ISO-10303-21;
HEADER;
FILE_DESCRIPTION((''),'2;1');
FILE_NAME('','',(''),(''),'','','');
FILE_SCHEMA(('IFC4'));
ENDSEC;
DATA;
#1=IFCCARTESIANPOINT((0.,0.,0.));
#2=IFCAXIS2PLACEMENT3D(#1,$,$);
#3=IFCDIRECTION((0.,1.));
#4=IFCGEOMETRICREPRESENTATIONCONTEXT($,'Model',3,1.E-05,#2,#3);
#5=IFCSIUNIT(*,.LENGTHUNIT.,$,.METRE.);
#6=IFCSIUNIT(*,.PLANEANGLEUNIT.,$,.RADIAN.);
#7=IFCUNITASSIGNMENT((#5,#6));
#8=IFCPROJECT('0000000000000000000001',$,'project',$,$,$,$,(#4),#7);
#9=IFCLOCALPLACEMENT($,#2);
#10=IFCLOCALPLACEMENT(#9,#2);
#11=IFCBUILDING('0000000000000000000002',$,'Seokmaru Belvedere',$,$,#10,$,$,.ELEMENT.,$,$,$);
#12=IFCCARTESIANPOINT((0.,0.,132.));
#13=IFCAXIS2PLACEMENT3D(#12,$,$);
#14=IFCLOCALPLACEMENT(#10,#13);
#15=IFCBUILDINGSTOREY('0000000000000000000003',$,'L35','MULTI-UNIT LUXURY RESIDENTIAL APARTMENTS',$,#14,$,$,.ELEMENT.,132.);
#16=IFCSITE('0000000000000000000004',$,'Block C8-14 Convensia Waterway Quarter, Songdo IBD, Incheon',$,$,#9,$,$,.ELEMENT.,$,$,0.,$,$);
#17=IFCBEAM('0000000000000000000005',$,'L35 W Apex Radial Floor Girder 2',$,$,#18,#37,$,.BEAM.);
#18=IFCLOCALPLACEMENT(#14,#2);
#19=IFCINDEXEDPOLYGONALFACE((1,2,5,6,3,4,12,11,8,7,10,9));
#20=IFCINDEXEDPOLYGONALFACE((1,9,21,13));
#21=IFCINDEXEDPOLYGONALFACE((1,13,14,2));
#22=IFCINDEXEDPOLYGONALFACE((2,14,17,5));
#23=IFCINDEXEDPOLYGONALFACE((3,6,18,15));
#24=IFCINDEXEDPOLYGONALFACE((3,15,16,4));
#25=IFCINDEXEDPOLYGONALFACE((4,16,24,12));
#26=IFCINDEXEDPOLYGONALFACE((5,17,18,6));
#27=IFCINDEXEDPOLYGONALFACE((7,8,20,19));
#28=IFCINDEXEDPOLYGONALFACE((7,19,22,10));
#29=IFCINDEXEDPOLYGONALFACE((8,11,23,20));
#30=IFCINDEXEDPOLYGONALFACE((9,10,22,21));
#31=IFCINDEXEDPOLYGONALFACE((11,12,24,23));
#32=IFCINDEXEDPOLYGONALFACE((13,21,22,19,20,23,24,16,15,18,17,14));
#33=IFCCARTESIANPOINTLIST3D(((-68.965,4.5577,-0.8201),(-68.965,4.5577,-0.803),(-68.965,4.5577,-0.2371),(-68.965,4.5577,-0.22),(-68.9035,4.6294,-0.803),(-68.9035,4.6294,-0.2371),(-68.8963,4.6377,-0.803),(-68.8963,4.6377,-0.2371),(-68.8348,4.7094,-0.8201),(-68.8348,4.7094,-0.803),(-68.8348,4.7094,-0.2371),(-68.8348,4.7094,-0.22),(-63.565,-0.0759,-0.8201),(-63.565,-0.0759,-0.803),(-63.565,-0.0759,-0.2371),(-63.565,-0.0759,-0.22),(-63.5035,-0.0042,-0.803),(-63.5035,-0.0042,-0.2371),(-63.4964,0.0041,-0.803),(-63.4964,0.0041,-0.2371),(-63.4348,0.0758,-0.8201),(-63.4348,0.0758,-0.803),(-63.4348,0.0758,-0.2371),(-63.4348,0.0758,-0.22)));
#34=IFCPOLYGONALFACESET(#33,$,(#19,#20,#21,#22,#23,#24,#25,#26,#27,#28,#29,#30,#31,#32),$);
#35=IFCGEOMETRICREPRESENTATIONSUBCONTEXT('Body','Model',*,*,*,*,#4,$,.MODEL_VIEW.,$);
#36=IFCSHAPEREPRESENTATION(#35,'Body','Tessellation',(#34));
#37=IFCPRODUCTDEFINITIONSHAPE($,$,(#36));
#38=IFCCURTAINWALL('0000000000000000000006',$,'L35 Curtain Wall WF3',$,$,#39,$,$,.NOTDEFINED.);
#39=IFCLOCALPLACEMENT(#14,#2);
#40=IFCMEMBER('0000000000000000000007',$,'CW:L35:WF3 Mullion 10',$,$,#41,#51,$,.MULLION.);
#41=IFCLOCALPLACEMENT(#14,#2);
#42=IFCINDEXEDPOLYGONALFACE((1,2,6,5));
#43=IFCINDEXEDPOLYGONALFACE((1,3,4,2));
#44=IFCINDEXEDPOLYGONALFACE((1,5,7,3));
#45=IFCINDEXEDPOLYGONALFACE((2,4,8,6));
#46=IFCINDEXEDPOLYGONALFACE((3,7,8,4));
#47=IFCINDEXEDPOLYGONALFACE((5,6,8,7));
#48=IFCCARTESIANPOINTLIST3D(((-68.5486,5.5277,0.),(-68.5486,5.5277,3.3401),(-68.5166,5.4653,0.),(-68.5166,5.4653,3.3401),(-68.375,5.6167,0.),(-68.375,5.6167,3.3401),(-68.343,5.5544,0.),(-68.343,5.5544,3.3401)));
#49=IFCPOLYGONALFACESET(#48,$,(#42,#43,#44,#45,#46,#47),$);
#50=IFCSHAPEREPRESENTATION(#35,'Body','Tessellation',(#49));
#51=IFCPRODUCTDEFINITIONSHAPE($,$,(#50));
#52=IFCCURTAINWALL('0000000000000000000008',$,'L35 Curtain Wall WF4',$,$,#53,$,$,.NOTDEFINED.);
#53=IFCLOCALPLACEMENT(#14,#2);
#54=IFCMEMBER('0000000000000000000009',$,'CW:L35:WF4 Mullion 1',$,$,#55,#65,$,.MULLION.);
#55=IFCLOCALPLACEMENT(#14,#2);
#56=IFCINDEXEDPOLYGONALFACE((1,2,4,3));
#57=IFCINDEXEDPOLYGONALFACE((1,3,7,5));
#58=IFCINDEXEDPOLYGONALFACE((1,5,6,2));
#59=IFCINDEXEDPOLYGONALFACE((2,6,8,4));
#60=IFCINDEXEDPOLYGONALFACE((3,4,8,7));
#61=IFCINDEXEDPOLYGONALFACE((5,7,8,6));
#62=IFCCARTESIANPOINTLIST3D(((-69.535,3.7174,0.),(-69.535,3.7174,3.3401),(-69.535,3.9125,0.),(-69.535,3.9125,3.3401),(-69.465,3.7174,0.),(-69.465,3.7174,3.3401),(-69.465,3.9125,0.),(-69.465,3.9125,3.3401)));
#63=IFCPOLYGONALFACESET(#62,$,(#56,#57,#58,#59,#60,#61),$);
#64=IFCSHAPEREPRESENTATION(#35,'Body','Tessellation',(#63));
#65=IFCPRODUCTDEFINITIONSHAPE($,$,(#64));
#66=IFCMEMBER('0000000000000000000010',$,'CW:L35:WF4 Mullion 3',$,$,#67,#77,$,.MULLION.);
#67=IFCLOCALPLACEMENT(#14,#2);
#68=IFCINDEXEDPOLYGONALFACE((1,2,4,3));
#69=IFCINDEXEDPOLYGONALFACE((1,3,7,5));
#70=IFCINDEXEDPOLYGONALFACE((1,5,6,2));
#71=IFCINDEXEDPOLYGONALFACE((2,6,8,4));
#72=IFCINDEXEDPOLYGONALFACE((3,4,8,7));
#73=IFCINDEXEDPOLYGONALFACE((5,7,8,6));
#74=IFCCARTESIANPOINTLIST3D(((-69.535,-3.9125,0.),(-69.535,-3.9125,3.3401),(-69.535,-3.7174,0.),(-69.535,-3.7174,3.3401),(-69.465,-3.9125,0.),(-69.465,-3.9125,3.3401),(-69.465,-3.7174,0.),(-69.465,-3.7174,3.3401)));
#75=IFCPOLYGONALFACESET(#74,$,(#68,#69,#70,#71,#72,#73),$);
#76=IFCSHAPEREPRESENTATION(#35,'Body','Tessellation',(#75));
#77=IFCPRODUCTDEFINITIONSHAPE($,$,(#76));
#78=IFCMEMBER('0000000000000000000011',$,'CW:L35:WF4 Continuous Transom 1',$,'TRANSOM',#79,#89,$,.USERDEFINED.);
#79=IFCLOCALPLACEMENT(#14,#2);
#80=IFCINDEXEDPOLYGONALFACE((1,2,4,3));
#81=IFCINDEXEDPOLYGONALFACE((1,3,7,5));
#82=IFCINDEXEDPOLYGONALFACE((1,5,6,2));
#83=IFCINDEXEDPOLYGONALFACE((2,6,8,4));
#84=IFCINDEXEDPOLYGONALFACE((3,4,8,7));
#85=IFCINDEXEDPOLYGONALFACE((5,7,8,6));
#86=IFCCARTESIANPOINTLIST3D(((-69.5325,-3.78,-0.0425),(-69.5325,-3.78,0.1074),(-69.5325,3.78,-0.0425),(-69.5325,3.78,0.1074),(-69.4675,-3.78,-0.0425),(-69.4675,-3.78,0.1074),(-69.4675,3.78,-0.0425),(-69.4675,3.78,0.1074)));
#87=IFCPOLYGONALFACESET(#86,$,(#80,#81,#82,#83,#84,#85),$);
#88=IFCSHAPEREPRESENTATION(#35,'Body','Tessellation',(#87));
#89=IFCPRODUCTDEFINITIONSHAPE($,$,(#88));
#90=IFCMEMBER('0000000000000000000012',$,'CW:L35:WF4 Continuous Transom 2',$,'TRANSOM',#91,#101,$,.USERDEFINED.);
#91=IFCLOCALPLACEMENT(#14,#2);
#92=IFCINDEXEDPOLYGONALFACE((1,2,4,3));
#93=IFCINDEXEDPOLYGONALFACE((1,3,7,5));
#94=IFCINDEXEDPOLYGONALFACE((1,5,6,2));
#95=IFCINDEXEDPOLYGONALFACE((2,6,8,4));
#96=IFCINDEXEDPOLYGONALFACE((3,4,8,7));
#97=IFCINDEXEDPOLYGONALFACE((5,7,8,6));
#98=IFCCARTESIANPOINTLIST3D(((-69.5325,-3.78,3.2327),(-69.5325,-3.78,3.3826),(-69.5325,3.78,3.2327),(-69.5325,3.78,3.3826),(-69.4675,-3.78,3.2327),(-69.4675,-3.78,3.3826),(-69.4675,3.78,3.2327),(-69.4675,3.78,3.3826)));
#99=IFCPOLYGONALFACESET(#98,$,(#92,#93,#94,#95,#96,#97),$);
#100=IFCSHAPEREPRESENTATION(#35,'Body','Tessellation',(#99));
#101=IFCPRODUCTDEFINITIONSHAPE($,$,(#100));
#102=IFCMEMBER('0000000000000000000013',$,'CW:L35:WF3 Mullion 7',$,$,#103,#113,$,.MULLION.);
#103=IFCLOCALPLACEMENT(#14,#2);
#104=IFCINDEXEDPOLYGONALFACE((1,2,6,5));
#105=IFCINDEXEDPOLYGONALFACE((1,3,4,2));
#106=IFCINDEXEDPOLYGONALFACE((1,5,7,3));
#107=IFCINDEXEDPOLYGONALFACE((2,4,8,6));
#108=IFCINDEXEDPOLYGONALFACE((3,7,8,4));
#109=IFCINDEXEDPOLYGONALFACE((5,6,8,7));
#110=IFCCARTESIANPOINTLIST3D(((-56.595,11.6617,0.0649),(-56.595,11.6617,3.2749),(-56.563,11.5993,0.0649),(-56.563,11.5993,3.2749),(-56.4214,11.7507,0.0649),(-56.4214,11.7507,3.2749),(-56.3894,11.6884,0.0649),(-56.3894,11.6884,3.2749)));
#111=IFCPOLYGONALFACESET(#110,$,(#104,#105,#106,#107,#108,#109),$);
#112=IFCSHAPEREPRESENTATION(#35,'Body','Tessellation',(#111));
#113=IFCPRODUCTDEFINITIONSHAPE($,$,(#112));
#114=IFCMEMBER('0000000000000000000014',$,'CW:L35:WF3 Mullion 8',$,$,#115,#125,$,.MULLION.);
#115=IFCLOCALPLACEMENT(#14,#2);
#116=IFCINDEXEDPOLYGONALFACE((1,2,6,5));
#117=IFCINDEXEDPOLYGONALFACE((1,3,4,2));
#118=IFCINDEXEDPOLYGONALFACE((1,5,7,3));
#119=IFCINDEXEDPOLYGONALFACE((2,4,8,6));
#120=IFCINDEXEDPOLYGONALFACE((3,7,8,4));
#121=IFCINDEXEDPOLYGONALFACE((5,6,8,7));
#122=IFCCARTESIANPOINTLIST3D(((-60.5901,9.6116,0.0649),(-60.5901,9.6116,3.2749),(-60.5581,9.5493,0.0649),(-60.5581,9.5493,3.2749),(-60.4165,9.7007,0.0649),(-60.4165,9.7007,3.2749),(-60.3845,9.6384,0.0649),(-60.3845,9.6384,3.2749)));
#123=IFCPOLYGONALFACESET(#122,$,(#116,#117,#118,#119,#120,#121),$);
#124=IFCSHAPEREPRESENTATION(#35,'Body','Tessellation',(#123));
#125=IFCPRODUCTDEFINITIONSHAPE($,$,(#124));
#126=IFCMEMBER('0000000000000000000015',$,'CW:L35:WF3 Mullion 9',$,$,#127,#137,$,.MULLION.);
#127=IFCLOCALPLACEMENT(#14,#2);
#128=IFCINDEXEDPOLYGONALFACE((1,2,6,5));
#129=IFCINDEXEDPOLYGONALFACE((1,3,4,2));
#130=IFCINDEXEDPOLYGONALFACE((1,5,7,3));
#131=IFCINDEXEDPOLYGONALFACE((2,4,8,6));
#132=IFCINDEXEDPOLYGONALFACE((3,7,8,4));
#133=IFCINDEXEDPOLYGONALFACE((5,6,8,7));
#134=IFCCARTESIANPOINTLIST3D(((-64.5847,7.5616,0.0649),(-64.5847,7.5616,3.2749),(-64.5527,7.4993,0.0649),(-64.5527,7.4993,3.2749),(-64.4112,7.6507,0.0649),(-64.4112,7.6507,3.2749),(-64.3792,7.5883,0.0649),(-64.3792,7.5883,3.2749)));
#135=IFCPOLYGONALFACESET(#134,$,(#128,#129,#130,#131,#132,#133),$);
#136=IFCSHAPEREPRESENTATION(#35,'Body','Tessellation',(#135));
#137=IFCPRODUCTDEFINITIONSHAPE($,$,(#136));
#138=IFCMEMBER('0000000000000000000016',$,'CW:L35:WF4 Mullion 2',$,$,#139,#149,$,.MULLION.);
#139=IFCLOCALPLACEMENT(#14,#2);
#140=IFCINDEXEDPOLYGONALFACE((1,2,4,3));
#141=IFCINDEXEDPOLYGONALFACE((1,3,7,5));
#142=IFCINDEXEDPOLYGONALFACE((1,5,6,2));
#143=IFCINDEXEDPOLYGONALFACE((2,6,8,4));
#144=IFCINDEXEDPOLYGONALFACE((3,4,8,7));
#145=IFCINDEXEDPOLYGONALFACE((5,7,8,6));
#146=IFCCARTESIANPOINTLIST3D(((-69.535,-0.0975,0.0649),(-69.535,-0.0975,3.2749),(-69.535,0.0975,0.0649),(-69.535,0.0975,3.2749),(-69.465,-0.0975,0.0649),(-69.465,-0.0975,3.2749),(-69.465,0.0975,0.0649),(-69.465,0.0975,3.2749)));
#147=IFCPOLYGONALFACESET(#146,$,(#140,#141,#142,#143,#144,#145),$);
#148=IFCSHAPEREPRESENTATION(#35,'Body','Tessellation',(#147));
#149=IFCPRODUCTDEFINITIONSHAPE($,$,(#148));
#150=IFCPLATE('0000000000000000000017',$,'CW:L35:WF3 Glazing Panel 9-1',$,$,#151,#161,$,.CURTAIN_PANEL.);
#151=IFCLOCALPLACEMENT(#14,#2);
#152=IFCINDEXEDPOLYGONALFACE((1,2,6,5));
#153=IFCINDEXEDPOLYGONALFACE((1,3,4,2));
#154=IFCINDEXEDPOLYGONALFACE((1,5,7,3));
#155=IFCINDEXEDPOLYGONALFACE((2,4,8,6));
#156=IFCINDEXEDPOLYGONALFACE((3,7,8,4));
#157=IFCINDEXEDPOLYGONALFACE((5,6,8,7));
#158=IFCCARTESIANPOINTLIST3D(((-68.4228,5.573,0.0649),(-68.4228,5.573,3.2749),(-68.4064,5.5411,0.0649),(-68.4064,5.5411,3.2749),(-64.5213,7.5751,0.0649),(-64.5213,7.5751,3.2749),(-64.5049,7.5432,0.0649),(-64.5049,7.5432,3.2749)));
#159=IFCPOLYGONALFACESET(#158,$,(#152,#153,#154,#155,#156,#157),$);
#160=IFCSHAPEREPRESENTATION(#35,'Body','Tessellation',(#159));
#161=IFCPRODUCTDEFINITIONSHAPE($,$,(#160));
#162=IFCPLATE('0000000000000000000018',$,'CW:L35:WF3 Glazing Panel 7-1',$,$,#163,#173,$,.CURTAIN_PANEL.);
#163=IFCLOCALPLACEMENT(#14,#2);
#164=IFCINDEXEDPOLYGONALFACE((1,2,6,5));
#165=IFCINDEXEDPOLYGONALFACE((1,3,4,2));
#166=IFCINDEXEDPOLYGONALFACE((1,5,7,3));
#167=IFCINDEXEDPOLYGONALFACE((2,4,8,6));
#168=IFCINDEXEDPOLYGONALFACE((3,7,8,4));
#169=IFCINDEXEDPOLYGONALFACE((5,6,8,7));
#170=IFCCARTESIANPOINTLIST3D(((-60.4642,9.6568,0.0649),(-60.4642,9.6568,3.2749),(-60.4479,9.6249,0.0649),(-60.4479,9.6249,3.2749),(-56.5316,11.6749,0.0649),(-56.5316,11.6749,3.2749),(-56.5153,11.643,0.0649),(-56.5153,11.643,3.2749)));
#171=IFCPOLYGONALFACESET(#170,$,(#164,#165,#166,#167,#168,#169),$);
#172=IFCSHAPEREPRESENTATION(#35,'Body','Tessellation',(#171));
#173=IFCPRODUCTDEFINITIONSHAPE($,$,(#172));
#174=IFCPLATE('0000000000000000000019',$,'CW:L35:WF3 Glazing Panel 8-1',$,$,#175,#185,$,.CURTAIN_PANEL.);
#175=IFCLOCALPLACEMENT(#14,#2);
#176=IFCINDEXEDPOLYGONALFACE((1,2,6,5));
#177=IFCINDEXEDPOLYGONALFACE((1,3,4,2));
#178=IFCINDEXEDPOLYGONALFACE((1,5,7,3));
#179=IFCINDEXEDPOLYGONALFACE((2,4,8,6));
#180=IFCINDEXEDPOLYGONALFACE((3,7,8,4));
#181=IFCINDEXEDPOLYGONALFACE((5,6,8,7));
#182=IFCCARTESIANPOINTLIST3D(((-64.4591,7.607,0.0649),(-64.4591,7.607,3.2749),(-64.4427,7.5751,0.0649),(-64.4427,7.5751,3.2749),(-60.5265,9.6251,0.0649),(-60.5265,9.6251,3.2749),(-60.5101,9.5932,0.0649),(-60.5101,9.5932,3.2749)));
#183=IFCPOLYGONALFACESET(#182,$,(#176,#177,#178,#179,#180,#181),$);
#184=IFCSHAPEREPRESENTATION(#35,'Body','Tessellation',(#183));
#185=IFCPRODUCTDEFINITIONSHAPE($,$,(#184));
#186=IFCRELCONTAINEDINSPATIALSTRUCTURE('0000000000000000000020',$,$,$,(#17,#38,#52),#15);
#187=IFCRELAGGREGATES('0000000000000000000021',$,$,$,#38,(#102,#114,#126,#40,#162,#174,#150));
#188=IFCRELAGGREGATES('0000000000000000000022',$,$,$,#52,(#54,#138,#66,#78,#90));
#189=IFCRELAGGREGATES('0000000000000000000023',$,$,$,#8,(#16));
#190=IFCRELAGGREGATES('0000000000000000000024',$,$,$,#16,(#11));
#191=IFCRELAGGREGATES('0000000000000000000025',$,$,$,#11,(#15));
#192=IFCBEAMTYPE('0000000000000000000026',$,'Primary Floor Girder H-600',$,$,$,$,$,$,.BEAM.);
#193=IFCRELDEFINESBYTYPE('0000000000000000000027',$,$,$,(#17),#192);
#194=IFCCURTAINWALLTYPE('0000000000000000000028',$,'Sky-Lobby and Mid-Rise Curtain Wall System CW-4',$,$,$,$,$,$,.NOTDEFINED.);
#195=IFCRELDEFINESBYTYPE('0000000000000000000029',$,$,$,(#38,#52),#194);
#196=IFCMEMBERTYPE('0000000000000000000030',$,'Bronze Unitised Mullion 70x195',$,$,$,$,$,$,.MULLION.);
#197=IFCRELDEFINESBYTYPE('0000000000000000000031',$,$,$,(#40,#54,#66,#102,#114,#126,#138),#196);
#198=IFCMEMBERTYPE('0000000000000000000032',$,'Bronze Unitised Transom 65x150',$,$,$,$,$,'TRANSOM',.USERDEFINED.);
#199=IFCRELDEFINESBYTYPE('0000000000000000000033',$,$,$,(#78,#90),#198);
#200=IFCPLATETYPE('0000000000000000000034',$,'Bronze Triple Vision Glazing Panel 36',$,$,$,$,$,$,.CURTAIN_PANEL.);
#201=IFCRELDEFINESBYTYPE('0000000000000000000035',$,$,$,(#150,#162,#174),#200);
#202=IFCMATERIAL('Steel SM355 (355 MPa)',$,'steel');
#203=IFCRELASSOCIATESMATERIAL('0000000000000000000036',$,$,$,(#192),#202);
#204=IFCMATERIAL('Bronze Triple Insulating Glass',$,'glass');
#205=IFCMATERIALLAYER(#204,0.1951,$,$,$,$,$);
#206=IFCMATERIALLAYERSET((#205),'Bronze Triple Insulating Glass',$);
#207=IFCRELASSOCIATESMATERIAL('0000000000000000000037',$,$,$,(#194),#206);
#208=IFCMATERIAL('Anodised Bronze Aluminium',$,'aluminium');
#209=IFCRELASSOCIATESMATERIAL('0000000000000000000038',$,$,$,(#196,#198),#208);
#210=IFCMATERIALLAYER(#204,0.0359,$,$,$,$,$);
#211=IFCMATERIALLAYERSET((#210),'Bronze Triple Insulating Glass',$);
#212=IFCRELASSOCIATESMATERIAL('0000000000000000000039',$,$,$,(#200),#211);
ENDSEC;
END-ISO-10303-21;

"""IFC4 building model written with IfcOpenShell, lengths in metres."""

from ifc_helpers import new_model, si_unit, direction, frame, origin, origin_2d, place, context, subcontext, project, spatial, rectangle, i_section, extrude, source, transform, mapped, material, layer, layer_set, material_profile, profile_set, type_object, type_shapes, element, aggregate, save


model = new_model("IFC4")

# Units and contexts
model_context = context("Model", 3, precision=1e-05, world=origin(), true_north=direction((0.0, 1.0)))
body_context = subcontext(model_context, "Body", "Model", "MODEL_VIEW")
ifc_project = project(units=[si_unit("LENGTHUNIT", "METRE"), si_unit("PLANEANGLEUNIT", "RADIAN")], contexts=[model_context])

# Site, building, storey
site_placement = place(None, origin())
site = spatial("IfcSite", under=ifc_project, at=site_placement, Name="Block C8-14 Convensia Waterway Quarter, Songdo IBD, Incheon", CompositionType="ELEMENT", RefElevation=0.0)
building_placement = place(site_placement, origin())
building = spatial("IfcBuilding", under=site, at=building_placement, Name="Seokmaru Belvedere", CompositionType="ELEMENT")
storey_placement = place(building_placement, frame((0.0, 0.0, 132.0)))
storey = spatial("IfcBuildingStorey", under=building, at=storey_placement, Name="L35", Description="MULTI-UNIT LUXURY RESIDENTIAL APARTMENTS", CompositionType="ELEMENT", Elevation=132.0)

# Shared definitions
ifc_material_1 = material(Name="Steel SM355 (355 MPa)", Category="steel")

# Beam
ifc_material_profile_1 = material_profile(ifc_material_1, i_section(OverallWidth=0.2, OverallDepth=0.6001, WebThickness=0.011, FlangeThickness=0.0171, at=origin_2d()), Name="H-600x200x11x17")
ifc_profile_set_1 = profile_set([ifc_material_profile_1], Name="Steel SM355 (355 MPa)")
beam_type_1 = type_object("IfcBeamType", Name="Primary Floor Girder H-600", PredefinedType="BEAM", material=ifc_profile_set_1)
shared_shape_1 = source(origin(), body_context, "Body", "SweptSolid", [
    extrude(i_section(OverallWidth=0.2, OverallDepth=0.6001, WebThickness=0.011, FlangeThickness=0.0171, at=origin_2d()), origin(), (0.0, 0.0, 1.0), 7.1155),
])
beam_1_placement = place(storey_placement, frame((-68.8999, 4.6335, -0.52), z_axis=(0.758905, -0.651201, 0.0), x_axis=(0.651201, 0.758905, 0.0)))
element("IfcBeam", 1, at=beam_1_placement, inside=storey, type_object=beam_type_1, Name="L35 W Apex Radial Floor Girder 2", PredefinedType="BEAM", context=body_context, shape_type="MappedRepresentation", body=[
    mapped(shared_shape_1, transform((0.0, 0.0, 0.0), scale=1.0)),
])

# Curtain wall, member
ifc_material_2 = material(Name="Bronze Triple Insulating Glass", Category="glass")
ifc_layer_1 = layer(ifc_material_2, 0.1951)
ifc_layer_set_1 = layer_set([ifc_layer_1], Name="Bronze Triple Insulating Glass")
curtain_wall_type = type_object("IfcCurtainWallType", Name="Sky-Lobby and Mid-Rise Curtain Wall System CW-4", PredefinedType="NOTDEFINED", material=ifc_layer_set_1)
curtain_wall_1_placement = place(storey_placement, origin())
curtain_wall_1 = element("IfcCurtainWall", 2, at=curtain_wall_1_placement, inside=storey, type_object=curtain_wall_type, Name="L35 Curtain Wall WF3", PredefinedType="NOTDEFINED")
ifc_material_3 = material(Name="Anodised Bronze Aluminium", Category="aluminium")
ifc_material_profile_2 = material_profile(ifc_material_3, rectangle(XDim=0.0701, YDim=0.1951, at=origin_2d()), Name="CW-M-70x195")
ifc_profile_set_2 = profile_set([ifc_material_profile_2], Name="Anodised Bronze Aluminium")
member_type_1 = type_object("IfcMemberType", Name="Bronze Unitised Mullion 70x195", PredefinedType="MULLION", material=ifc_profile_set_2)
shared_shape_2 = source(origin(), body_context, "Body", "SweptSolid", [
    extrude(rectangle(XDim=0.0701, YDim=0.1951, at=origin_2d()), origin(), (0.0, 0.0, 1.0), 3.3401),
])
member_1_placement = place(storey_placement, frame((-68.4458, 5.541, 0.0), z_axis=(0.0, 0.0, 1.0), x_axis=(0.456555, -0.889695, 0.0)))
member_1 = element("IfcMember", 3, at=member_1_placement, type_object=member_type_1, Name="CW:L35:WF3 Mullion 10", PredefinedType="MULLION", context=body_context, shape_type="MappedRepresentation", body=[
    mapped(shared_shape_2, transform((0.0, 0.0, 0.0), scale=1.0)),
])

# Curtain wall, members
curtain_wall_2_placement = place(storey_placement, origin())
curtain_wall_2 = element("IfcCurtainWall", 4, at=curtain_wall_2_placement, inside=storey, type_object=curtain_wall_type, Name="L35 Curtain Wall WF4", PredefinedType="NOTDEFINED")
member_2_placement = place(storey_placement, frame((-69.5, 3.8149, 0.0), z_axis=(0.0, 0.0, 1.0), x_axis=(1.0, 0.0, 0.0)))
member_2 = element("IfcMember", 5, at=member_2_placement, type_object=member_type_1, Name="CW:L35:WF4 Mullion 1", PredefinedType="MULLION", context=body_context, shape_type="MappedRepresentation", body=[
    mapped(shared_shape_2, transform((0.0, 0.0, 0.0), scale=1.0)),
])
member_3_placement = place(storey_placement, frame((-69.5, -3.8149, 0.0), z_axis=(0.0, 0.0, 1.0), x_axis=(1.0, 0.0, 0.0)))
member_3 = element("IfcMember", 6, at=member_3_placement, type_object=member_type_1, Name="CW:L35:WF4 Mullion 3", PredefinedType="MULLION", context=body_context, shape_type="MappedRepresentation", body=[
    mapped(shared_shape_2, transform((0.0, 0.0, 0.0), scale=1.0)),
])
ifc_material_profile_3 = material_profile(ifc_material_3, rectangle(XDim=0.0649, YDim=0.1499, at=origin_2d()), Name="CW-T-65x150")
ifc_profile_set_3 = profile_set([ifc_material_profile_3], Name="Anodised Bronze Aluminium")
member_type_2 = type_object("IfcMemberType", Name="Bronze Unitised Transom 65x150", ElementType="TRANSOM", PredefinedType="USERDEFINED", material=ifc_profile_set_3)
shared_shape_3 = source(origin(), body_context, "Body", "SweptSolid", [
    extrude(rectangle(XDim=0.0649, YDim=0.1499, at=origin_2d()), origin(), (0.0, 0.0, 1.0), 7.5601),
])
type_shapes(member_type_2, [shared_shape_3])
member_4_placement = place(storey_placement, frame((-69.5, 3.78, 0.0325), z_axis=(0.0, -1.0, 0.0), x_axis=(1.0, 0.0, 0.0)))
member_4 = element("IfcMember", 7, at=member_4_placement, type_object=member_type_2, Name="CW:L35:WF4 Continuous Transom 1", ObjectType="TRANSOM", PredefinedType="USERDEFINED", context=body_context, shape_type="MappedRepresentation", body=[
    mapped(shared_shape_3, transform((0.0, 0.0, 0.0), scale=1.0)),
])
member_5_placement = place(storey_placement, frame((-69.5, 3.78, 3.3076), z_axis=(0.0, -1.0, 0.0), x_axis=(1.0, 0.0, 0.0)))
member_5 = element("IfcMember", 8, at=member_5_placement, type_object=member_type_2, Name="CW:L35:WF4 Continuous Transom 2", ObjectType="TRANSOM", PredefinedType="USERDEFINED", context=body_context, shape_type="MappedRepresentation", body=[
    mapped(shared_shape_3, transform((0.0, 0.0, 0.0), scale=1.0)),
])

# Members
shared_shape_4 = source(origin(), body_context, "Body", "SweptSolid", [
    extrude(rectangle(XDim=0.0701, YDim=0.1951, at=origin_2d()), origin(), (0.0, 0.0, 1.0), 3.21),
])
type_shapes(member_type_1, [shared_shape_2, shared_shape_4])
member_6_placement = place(storey_placement, frame((-56.4922, 11.675, 0.0649), z_axis=(0.0, 0.0, 1.0), x_axis=(0.456555, -0.889695, 0.0)))
member_6 = element("IfcMember", 9, at=member_6_placement, type_object=member_type_1, Name="CW:L35:WF3 Mullion 7", PredefinedType="MULLION", context=body_context, shape_type="MappedRepresentation", body=[
    mapped(shared_shape_4, transform((0.0, 0.0, 0.0), scale=1.0)),
])
member_7_placement = place(storey_placement, frame((-60.4873, 9.625, 0.0649), z_axis=(0.0, 0.0, 1.0), x_axis=(0.456555, -0.889695, 0.0)))
member_7 = element("IfcMember", 10, at=member_7_placement, type_object=member_type_1, Name="CW:L35:WF3 Mullion 8", PredefinedType="MULLION", context=body_context, shape_type="MappedRepresentation", body=[
    mapped(shared_shape_4, transform((0.0, 0.0, 0.0), scale=1.0)),
])
member_8_placement = place(storey_placement, frame((-64.4819, 7.575, 0.0649), z_axis=(0.0, 0.0, 1.0), x_axis=(0.456555, -0.889695, 0.0)))
member_8 = element("IfcMember", 11, at=member_8_placement, type_object=member_type_1, Name="CW:L35:WF3 Mullion 9", PredefinedType="MULLION", context=body_context, shape_type="MappedRepresentation", body=[
    mapped(shared_shape_4, transform((0.0, 0.0, 0.0), scale=1.0)),
])
member_9_placement = place(storey_placement, frame((-69.5, 0.0, 0.0649), z_axis=(0.0, 0.0, 1.0), x_axis=(1.0, 0.0, 0.0)))
member_9 = element("IfcMember", 12, at=member_9_placement, type_object=member_type_1, Name="CW:L35:WF4 Mullion 2", PredefinedType="MULLION", context=body_context, shape_type="MappedRepresentation", body=[
    mapped(shared_shape_4, transform((0.0, 0.0, 0.0), scale=1.0)),
])

# Plates
ifc_layer_2 = layer(ifc_material_2, 0.0359)
ifc_layer_set_2 = layer_set([ifc_layer_2], Name="Bronze Triple Insulating Glass")
plate_type = type_object("IfcPlateType", Name="Bronze Triple Vision Glazing Panel 36", PredefinedType="CURTAIN_PANEL", material=ifc_layer_set_2)
shared_shape_5 = source(origin(), body_context, "Body", "SweptSolid", [
    extrude(rectangle(XDim=4.3853, YDim=0.0359, at=origin_2d()), origin(), (0.0, 0.0, 1.0), 3.21),
])
plate_1_placement = place(storey_placement, frame((-66.4639, 6.5581, 0.0649), z_axis=(0.0, 0.0, 1.0), x_axis=(-0.889695, -0.456555, 0.0)))
plate_1 = element("IfcPlate", 13, at=plate_1_placement, type_object=plate_type, Name="CW:L35:WF3 Glazing Panel 9-1", PredefinedType="CURTAIN_PANEL", context=body_context, shape_type="MappedRepresentation", body=[
    mapped(shared_shape_5, transform((0.0, 0.0, 0.0), scale=1.0)),
])
shared_shape_6 = source(origin(), body_context, "Body", "SweptSolid", [
    extrude(rectangle(XDim=4.4202, YDim=0.0359, at=origin_2d()), origin(), (0.0, 0.0, 1.0), 3.21),
])
plate_2_placement = place(storey_placement, frame((-58.4897, 10.6499, 0.0649), z_axis=(0.0, 0.0, 1.0), x_axis=(-0.889695, -0.456555, 0.0)))
plate_2 = element("IfcPlate", 14, at=plate_2_placement, type_object=plate_type, Name="CW:L35:WF3 Glazing Panel 7-1", PredefinedType="CURTAIN_PANEL", context=body_context, shape_type="MappedRepresentation", body=[
    mapped(shared_shape_6, transform((0.0, 0.0, 0.0), scale=1.0)),
])
plate_3_placement = place(storey_placement, frame((-62.4846, 8.6001, 0.0649), z_axis=(0.0, 0.0, 1.0), x_axis=(-0.889695, -0.456555, 0.0)))
plate_3 = element("IfcPlate", 15, at=plate_3_placement, type_object=plate_type, Name="CW:L35:WF3 Glazing Panel 8-1", PredefinedType="CURTAIN_PANEL", context=body_context, shape_type="MappedRepresentation", body=[
    mapped(shared_shape_6, transform((0.0, 0.0, 0.0), scale=1.0)),
])
aggregate(curtain_wall_1, [member_6, member_7, member_8, member_1, plate_2, plate_3, plate_1])
aggregate(curtain_wall_2, [member_2, member_9, member_3, member_4, member_5])

save(model, "model.ifc")
